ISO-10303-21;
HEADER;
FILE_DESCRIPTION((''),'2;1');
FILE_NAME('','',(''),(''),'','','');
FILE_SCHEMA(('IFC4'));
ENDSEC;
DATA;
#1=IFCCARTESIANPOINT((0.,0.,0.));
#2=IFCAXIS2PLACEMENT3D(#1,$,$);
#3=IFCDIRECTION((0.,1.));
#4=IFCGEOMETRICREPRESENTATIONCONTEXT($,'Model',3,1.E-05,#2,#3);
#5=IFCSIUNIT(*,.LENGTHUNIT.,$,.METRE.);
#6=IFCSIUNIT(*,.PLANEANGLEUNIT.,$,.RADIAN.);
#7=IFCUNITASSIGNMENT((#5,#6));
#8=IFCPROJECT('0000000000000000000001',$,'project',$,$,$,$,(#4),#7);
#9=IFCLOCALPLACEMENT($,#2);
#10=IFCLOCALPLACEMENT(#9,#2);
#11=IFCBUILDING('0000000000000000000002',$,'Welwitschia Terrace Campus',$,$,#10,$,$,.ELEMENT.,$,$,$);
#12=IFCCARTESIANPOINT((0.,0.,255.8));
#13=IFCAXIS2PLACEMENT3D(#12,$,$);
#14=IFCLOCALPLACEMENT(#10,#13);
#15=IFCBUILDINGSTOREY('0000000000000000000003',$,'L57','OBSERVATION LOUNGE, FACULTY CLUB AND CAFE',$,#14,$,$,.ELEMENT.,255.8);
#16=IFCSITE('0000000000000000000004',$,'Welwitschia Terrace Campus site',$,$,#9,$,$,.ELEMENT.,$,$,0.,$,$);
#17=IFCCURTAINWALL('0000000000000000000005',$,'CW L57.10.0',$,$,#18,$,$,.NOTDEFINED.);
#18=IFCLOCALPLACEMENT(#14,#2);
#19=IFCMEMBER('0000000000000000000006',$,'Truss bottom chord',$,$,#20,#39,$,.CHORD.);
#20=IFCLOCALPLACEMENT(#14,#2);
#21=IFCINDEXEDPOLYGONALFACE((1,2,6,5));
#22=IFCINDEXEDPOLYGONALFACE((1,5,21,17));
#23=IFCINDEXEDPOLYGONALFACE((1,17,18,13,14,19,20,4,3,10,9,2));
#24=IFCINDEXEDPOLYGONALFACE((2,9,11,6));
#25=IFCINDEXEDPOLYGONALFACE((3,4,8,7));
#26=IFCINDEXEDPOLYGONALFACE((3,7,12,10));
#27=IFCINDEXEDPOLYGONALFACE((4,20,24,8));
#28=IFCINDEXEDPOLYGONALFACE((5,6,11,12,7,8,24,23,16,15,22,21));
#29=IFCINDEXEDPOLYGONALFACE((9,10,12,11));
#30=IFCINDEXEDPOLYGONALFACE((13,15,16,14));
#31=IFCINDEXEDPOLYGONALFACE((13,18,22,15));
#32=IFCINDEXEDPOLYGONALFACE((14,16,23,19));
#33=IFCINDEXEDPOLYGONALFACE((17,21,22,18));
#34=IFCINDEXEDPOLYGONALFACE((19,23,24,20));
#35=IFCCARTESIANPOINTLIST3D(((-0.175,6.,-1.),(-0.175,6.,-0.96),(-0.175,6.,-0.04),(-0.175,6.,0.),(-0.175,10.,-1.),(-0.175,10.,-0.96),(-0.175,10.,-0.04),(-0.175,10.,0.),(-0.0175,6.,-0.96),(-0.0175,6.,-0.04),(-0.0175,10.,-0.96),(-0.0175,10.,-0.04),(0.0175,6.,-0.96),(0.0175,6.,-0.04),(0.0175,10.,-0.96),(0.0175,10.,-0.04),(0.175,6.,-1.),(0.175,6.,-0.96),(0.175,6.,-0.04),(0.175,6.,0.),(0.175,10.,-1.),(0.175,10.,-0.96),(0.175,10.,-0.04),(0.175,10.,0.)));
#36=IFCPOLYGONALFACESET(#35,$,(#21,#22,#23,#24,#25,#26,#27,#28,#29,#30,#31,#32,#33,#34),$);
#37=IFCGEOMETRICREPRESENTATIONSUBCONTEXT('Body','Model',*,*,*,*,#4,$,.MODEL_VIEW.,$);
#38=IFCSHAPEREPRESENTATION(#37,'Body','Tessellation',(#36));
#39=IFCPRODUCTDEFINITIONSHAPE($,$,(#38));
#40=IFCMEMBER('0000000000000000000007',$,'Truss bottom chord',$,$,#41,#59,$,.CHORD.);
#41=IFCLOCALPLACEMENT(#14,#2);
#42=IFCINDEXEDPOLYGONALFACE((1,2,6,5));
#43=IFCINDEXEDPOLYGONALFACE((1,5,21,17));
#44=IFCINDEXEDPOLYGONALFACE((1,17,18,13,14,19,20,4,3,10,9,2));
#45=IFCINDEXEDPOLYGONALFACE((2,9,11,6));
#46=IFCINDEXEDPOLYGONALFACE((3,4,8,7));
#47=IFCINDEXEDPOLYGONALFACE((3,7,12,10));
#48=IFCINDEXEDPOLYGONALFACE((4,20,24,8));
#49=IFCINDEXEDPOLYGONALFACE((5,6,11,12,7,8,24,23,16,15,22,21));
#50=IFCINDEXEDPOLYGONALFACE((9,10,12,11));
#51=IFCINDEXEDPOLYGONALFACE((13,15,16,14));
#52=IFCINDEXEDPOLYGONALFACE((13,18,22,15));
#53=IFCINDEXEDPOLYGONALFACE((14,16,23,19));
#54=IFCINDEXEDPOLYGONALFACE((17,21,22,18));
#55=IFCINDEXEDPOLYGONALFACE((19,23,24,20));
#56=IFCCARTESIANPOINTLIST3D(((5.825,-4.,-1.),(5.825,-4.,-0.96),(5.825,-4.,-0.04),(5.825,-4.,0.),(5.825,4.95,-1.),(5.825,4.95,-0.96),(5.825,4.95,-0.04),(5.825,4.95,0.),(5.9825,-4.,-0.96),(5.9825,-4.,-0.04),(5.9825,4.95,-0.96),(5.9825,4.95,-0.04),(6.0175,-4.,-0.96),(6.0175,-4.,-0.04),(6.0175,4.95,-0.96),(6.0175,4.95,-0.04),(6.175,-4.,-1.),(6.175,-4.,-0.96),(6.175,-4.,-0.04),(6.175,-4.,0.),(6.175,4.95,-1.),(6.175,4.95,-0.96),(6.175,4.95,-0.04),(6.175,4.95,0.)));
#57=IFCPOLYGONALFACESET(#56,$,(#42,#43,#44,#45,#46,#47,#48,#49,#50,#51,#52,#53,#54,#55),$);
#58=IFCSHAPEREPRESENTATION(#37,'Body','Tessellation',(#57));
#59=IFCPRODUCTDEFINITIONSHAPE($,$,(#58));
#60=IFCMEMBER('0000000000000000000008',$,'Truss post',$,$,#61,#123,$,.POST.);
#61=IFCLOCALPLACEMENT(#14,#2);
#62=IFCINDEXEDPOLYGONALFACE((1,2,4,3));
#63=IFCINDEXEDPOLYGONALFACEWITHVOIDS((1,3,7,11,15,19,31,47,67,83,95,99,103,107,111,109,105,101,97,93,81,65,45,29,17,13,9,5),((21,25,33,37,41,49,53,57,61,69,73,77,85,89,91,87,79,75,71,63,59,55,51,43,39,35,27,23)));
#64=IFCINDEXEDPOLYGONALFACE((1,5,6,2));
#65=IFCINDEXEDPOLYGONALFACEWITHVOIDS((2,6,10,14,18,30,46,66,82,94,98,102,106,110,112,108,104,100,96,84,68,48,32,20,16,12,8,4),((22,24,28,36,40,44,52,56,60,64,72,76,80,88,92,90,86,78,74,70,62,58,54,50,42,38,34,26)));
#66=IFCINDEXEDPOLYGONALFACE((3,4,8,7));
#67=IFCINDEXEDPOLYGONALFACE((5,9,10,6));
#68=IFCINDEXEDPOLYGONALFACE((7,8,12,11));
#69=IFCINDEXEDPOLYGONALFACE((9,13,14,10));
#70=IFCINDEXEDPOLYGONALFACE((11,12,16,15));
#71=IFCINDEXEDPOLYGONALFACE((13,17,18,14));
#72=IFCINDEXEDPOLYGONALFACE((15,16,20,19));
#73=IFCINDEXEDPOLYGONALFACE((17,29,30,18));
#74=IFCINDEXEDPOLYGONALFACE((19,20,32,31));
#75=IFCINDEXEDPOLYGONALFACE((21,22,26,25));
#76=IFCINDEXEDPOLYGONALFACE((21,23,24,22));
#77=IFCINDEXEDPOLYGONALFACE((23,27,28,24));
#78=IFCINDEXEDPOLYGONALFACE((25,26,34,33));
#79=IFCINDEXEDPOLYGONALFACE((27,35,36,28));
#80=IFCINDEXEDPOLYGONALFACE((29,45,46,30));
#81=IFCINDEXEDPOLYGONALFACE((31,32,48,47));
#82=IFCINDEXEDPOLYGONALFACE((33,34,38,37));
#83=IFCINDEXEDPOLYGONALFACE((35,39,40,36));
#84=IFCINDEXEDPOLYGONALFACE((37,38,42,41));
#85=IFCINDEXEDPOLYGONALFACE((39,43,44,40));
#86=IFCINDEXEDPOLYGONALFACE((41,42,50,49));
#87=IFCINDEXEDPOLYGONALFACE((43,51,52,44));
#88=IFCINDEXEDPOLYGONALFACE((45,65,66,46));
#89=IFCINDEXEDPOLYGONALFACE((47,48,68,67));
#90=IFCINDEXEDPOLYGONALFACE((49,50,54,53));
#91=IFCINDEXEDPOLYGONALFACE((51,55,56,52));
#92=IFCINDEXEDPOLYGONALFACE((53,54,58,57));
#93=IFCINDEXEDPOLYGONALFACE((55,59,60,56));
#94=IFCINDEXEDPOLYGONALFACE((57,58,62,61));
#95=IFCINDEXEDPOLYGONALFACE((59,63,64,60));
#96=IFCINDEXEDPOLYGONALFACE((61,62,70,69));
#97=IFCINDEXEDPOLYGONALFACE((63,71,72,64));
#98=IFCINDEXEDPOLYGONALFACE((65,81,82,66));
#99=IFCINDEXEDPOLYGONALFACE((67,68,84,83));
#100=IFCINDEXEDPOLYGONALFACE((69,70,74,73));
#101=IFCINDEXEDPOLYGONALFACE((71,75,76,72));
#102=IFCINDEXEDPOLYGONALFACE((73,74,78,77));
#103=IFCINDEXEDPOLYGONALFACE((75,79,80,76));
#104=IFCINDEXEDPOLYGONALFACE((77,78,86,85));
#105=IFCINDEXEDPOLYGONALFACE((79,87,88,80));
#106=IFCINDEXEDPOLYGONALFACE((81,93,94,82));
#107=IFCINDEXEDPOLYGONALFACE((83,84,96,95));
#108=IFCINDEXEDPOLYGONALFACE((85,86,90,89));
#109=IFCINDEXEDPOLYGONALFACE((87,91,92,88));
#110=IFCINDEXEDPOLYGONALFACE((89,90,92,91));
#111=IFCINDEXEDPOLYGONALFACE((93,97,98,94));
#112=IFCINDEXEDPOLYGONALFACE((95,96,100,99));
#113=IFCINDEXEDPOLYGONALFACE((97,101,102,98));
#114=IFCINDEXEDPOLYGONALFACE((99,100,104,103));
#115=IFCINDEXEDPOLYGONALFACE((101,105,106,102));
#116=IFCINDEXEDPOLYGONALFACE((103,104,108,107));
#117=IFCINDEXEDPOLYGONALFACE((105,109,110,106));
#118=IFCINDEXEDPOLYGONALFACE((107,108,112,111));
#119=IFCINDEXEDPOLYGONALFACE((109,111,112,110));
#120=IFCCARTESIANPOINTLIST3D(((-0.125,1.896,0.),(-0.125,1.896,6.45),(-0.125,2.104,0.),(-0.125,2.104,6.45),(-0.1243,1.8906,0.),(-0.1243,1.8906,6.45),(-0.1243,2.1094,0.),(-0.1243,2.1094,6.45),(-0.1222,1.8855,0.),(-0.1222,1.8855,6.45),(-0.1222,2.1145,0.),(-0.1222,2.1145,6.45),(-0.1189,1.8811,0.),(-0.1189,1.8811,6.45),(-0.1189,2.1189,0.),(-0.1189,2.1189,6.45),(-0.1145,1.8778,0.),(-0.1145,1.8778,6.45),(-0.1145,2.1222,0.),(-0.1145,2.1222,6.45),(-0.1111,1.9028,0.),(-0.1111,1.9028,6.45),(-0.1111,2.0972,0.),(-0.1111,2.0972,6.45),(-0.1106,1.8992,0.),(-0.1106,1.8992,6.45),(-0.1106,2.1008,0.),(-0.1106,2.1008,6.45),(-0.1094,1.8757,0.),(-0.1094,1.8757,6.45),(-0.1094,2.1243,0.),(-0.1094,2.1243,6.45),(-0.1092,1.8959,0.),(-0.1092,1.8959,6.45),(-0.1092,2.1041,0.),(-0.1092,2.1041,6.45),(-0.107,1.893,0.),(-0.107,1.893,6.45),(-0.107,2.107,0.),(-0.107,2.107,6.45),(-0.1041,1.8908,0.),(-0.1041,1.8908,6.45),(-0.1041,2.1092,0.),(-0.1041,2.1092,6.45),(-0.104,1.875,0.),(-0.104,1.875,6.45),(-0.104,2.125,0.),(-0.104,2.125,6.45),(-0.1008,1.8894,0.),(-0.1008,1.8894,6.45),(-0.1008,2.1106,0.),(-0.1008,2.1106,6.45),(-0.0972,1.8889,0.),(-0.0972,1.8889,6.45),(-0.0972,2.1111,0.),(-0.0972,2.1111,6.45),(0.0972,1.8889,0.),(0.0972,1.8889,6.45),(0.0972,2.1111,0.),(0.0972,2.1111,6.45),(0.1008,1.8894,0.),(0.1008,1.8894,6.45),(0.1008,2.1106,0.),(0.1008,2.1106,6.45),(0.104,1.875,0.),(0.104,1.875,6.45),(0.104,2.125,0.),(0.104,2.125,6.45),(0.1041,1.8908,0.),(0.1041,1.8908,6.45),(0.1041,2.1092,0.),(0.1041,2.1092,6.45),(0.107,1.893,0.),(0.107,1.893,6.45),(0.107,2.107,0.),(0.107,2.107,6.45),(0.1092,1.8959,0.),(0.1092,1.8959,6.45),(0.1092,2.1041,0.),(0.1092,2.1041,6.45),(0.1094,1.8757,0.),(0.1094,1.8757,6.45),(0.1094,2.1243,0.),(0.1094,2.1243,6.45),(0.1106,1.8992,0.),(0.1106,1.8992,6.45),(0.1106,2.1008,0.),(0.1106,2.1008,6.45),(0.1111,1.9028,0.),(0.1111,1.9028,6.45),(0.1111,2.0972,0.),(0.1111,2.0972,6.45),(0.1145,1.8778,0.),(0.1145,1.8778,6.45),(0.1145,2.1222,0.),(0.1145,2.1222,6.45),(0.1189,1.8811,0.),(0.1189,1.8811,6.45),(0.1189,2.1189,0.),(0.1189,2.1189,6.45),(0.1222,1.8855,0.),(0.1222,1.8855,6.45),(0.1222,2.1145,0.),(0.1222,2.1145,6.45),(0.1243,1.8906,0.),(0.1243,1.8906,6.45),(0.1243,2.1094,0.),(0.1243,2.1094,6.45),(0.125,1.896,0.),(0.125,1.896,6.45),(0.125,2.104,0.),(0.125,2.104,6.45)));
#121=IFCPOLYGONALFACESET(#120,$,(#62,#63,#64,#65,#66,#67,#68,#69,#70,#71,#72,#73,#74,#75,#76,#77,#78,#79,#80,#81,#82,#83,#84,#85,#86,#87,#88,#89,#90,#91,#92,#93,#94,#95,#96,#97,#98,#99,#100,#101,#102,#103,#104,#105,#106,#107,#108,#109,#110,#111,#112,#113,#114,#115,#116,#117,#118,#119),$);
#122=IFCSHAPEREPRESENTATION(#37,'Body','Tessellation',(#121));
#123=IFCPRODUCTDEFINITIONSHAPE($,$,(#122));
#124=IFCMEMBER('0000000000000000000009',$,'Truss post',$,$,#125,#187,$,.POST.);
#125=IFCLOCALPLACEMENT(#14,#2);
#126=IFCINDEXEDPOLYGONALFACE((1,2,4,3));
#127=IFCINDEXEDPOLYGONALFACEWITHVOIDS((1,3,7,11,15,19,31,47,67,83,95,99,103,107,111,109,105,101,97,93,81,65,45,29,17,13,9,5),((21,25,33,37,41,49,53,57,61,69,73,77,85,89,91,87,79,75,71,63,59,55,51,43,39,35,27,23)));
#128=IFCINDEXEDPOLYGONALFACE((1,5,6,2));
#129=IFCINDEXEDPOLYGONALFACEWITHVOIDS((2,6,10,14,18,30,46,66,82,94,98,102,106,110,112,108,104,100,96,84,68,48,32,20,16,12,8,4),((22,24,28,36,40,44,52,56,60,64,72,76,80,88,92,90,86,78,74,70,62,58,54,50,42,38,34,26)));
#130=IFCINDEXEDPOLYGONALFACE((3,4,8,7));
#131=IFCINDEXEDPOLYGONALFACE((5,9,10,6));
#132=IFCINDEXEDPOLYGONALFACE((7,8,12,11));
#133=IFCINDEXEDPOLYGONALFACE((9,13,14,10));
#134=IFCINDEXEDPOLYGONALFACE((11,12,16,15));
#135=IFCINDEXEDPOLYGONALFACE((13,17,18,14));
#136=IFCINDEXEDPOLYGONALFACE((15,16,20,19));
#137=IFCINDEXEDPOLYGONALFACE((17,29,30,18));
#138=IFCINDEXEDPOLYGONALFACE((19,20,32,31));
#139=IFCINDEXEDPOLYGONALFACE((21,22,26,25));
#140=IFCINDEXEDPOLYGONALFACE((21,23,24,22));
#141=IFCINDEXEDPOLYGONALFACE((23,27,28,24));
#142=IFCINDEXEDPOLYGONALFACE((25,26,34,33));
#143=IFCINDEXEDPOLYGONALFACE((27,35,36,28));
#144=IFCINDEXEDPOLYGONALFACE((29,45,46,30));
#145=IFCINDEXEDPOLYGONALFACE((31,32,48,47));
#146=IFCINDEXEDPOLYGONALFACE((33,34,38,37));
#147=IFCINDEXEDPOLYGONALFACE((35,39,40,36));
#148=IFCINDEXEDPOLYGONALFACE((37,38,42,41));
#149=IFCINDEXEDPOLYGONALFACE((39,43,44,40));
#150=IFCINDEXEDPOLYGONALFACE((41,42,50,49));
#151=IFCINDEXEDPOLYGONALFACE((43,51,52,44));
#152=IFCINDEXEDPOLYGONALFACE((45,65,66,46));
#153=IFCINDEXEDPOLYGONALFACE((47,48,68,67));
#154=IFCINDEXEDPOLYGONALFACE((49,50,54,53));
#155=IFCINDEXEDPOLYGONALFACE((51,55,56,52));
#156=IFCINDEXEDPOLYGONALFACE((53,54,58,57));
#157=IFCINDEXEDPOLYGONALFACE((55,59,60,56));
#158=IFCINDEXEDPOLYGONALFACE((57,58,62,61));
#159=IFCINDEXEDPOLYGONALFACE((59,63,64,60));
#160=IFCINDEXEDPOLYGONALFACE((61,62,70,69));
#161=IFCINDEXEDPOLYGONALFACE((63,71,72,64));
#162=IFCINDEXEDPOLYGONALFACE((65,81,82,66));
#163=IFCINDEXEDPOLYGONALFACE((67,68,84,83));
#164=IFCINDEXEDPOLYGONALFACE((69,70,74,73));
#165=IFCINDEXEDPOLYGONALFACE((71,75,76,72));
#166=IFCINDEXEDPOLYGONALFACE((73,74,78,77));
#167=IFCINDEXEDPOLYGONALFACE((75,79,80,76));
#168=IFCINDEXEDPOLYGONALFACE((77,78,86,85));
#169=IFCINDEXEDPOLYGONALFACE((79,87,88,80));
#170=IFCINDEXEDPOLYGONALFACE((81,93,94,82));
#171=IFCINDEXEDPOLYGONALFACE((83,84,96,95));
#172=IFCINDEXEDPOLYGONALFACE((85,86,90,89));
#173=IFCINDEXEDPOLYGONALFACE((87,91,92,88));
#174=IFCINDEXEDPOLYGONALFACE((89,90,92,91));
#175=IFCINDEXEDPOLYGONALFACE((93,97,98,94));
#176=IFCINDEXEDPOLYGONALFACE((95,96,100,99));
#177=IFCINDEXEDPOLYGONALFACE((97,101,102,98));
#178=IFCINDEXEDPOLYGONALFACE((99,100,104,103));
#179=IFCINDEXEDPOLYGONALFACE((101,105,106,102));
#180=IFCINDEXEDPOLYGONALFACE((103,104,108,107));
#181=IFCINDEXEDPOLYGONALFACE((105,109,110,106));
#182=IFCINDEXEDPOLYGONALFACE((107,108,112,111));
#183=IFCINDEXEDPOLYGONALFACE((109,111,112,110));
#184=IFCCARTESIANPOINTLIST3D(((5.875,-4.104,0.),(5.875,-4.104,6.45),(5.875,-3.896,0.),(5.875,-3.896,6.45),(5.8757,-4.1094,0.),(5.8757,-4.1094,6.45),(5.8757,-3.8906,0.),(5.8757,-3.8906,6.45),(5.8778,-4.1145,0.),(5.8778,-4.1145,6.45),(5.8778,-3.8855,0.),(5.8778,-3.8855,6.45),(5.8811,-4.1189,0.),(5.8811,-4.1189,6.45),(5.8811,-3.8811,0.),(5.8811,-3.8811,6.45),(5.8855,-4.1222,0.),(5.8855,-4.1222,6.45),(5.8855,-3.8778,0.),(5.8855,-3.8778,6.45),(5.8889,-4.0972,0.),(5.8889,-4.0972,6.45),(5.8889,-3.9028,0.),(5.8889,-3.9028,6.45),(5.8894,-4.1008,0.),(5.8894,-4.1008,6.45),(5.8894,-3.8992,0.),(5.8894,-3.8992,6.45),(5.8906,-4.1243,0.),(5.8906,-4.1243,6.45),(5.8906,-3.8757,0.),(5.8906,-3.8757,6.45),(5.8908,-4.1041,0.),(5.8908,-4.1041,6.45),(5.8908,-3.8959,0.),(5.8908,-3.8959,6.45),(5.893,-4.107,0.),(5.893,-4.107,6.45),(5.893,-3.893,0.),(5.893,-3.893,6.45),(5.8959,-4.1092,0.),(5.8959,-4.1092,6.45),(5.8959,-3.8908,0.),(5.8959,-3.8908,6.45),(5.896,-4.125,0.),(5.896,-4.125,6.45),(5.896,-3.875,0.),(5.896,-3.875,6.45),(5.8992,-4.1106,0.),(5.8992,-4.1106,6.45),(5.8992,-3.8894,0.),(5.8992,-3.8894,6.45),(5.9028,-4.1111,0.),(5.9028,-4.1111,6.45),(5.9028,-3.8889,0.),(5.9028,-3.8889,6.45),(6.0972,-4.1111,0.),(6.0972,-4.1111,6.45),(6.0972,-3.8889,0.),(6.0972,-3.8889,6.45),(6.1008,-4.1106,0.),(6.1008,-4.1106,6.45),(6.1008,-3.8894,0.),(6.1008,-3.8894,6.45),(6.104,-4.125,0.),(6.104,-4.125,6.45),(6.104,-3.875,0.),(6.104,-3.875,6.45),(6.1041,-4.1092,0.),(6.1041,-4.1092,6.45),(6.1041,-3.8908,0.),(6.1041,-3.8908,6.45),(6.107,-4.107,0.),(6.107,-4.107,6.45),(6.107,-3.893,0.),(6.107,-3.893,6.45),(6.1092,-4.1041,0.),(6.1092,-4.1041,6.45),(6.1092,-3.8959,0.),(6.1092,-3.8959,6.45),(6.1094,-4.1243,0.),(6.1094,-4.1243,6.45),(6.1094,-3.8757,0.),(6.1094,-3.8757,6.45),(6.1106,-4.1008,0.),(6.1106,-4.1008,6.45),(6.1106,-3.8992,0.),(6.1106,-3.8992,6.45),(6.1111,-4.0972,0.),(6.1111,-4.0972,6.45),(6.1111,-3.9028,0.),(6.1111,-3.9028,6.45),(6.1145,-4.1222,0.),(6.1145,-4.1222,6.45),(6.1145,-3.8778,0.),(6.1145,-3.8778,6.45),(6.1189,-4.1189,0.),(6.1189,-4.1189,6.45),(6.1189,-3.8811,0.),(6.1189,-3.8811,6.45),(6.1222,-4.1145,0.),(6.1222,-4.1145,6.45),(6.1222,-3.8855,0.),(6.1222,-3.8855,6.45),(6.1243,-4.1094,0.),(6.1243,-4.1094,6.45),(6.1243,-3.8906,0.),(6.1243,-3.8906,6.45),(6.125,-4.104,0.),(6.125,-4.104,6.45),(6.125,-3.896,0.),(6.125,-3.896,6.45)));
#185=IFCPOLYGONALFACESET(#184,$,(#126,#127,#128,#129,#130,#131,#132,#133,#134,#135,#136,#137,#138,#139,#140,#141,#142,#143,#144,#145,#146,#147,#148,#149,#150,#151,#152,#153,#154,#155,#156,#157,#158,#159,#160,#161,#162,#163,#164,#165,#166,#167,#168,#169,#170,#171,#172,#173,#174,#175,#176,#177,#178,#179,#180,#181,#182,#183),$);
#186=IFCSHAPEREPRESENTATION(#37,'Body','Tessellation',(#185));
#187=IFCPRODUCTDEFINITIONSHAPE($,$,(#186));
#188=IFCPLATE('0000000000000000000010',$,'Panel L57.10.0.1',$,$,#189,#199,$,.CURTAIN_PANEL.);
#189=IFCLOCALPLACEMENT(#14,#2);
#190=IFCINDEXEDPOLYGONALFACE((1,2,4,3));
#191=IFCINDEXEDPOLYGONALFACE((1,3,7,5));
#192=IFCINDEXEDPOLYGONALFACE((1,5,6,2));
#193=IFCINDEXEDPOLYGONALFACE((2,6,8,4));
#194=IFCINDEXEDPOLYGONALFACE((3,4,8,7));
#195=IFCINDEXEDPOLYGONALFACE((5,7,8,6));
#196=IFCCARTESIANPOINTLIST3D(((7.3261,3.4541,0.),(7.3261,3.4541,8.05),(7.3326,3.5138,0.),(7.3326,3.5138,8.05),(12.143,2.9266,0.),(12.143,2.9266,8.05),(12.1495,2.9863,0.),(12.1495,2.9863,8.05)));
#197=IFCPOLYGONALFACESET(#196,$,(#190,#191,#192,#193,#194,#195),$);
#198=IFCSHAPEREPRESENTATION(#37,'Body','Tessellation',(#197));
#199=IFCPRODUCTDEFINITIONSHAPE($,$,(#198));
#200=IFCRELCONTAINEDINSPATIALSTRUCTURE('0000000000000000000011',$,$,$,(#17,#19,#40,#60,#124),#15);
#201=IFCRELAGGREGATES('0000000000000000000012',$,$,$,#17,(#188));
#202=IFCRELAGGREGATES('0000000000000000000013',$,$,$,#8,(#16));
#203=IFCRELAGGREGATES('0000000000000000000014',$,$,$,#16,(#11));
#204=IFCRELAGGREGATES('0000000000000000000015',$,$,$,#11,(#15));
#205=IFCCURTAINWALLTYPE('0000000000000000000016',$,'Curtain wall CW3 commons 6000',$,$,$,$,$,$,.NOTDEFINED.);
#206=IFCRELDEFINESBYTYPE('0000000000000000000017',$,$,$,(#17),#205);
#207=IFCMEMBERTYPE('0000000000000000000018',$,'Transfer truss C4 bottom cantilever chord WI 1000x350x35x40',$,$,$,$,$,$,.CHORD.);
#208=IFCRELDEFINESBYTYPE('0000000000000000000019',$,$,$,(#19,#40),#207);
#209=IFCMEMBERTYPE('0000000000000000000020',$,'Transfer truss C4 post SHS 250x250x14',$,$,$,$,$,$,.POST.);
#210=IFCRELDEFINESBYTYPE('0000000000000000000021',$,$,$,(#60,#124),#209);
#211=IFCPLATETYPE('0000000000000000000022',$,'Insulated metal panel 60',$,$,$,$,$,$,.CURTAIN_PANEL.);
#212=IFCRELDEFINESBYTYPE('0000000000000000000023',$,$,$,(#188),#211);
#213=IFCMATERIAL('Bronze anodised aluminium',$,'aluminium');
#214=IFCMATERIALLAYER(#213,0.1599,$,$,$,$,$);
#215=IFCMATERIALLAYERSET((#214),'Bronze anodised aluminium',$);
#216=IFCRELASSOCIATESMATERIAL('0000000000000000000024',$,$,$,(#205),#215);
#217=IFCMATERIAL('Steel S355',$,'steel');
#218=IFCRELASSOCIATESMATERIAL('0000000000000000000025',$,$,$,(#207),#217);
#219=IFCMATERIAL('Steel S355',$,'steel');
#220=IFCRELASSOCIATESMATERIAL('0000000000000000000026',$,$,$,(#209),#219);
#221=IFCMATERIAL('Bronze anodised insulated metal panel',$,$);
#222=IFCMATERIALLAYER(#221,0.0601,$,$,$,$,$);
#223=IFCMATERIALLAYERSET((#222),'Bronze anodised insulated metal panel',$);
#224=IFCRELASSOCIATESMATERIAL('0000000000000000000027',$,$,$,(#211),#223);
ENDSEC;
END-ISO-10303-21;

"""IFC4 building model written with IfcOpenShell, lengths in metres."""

from ifc_helpers import new_model, si_unit, direction, frame, origin, origin_2d, place, context, subcontext, project, spatial, rectangle, hollow_rectangle, i_section, extrude, material, layer, layer_set, material_profile, profile_set, type_object, element, aggregate, save


model = new_model("IFC4")

# Units and contexts
model_context = context("Model", 3, precision=1e-05, world=origin(), true_north=direction((0.0, 1.0)))
body_context = subcontext(model_context, "Body", "Model", "MODEL_VIEW")
ifc_project = project(units=[si_unit("LENGTHUNIT", "METRE"), si_unit("PLANEANGLEUNIT", "RADIAN")], contexts=[model_context])

# Site, building, storey
site_placement = place(None, origin())
site = spatial("IfcSite", under=ifc_project, at=site_placement, Name="Welwitschia Terrace Campus site", CompositionType="ELEMENT", RefElevation=0.0)
building_placement = place(site_placement, origin())
building = spatial("IfcBuilding", under=site, at=building_placement, Name="Welwitschia Terrace Campus", CompositionType="ELEMENT")
storey_placement = place(building_placement, frame((0.0, 0.0, 255.8)))
storey = spatial("IfcBuildingStorey", under=building, at=storey_placement, Name="L57", Description="OBSERVATION LOUNGE, FACULTY CLUB AND CAFE", CompositionType="ELEMENT", Elevation=255.8)

# Curtain wall
ifc_material_1 = material(Name="Bronze anodised aluminium", Category="aluminium")
ifc_layer_1 = layer(ifc_material_1, 0.1599)
ifc_layer_set_1 = layer_set([ifc_layer_1], Name="Bronze anodised aluminium")
curtain_wall_type = type_object("IfcCurtainWallType", Name="Curtain wall CW3 commons 6000", PredefinedType="NOTDEFINED", material=ifc_layer_set_1)
curtain_wall_placement = place(storey_placement, origin())
curtain_wall = element("IfcCurtainWall", 1, at=curtain_wall_placement, inside=storey, type_object=curtain_wall_type, Name="CW L57.10.0", PredefinedType="NOTDEFINED")

# Members
ifc_material_2 = material(Name="Steel S355", Category="steel")
ifc_material_profile_1 = material_profile(ifc_material_2, i_section(OverallWidth=0.3501, OverallDepth=1.0, WebThickness=0.0349, FlangeThickness=0.04, at=origin_2d()))
ifc_profile_set_1 = profile_set([ifc_material_profile_1], Name="Steel S355")
member_type_1 = type_object("IfcMemberType", Name="Transfer truss C4 bottom cantilever chord WI 1000x350x35x40", PredefinedType="CHORD", material=ifc_profile_set_1)
for number, where, z_axis, x_axis, name in (
    (2, (0.0, 6.0, -0.5), (0.0, 1.0, 0.0), (-1.0, 0.0, 0.0), "Truss bottom chord"),
):
    element("IfcMember", number, at=place(storey_placement, frame(where, z_axis=z_axis, x_axis=x_axis)), inside=storey, type_object=member_type_1, Name=name, PredefinedType="CHORD", context=body_context, shape_type="SweptSolid", body=[
        extrude(i_section(OverallWidth=0.3501, OverallDepth=1.0, WebThickness=0.0349, FlangeThickness=0.04, at=origin_2d()), origin(), (0.0, 0.0, 1.0), 4.0),
    ])
member_1_placement = place(storey_placement, frame((6.0, -4.0, -0.5), z_axis=(0.0, 1.0, 0.0), x_axis=(-1.0, 0.0, 0.0)))
element("IfcMember", 3, at=member_1_placement, inside=storey, type_object=member_type_1, Name="Truss bottom chord", PredefinedType="CHORD", context=body_context, shape_type="SweptSolid", body=[
    extrude(i_section(OverallWidth=0.3501, OverallDepth=1.0, WebThickness=0.0349, FlangeThickness=0.04, at=origin_2d()), origin(), (0.0, 0.0, 1.0), 8.95),
])
ifc_material_3 = material(Name="Steel S355", Category="steel")
ifc_material_profile_2 = material_profile(ifc_material_3, hollow_rectangle(XDim=0.25, YDim=0.25, WallThickness=0.0139, InnerFilletRadius=0.0139, OuterFilletRadius=0.021, at=origin_2d()))
ifc_profile_set_2 = profile_set([ifc_material_profile_2], Name="Steel S355")
member_type_2 = type_object("IfcMemberType", Name="Transfer truss C4 post SHS 250x250x14", PredefinedType="POST", material=ifc_profile_set_2)
for number, where, z_axis, x_axis, name in (
    (4, (0.0, 2.0, 0.0), (0.0, 0.0, 1.0), (1.0, 0.0, 0.0), "Truss post"),
    (5, (6.0, -4.0, 0.0), (0.0, 0.0, 1.0), (1.0, 0.0, 0.0), "Truss post"),
):
    element("IfcMember", number, at=place(storey_placement, frame(where, z_axis=z_axis, x_axis=x_axis)), inside=storey, type_object=member_type_2, Name=name, PredefinedType="POST", context=body_context, shape_type="SweptSolid", body=[
        extrude(hollow_rectangle(XDim=0.25, YDim=0.25, WallThickness=0.0139, InnerFilletRadius=0.0139, OuterFilletRadius=0.021, at=origin_2d()), origin(), (0.0, 0.0, 1.0), 6.45),
    ])

# Plate
ifc_material_4 = material(Name="Bronze anodised insulated metal panel")
ifc_layer_2 = layer(ifc_material_4, 0.0601)
ifc_layer_set_2 = layer_set([ifc_layer_2], Name="Bronze anodised insulated metal panel")
plate_type = type_object("IfcPlateType", Name="Insulated metal panel 60", PredefinedType="CURTAIN_PANEL", material=ifc_layer_set_2)
plate_placement = place(storey_placement, frame((9.7378, 3.2202, 0.0), z_axis=(0.0, 0.0, 1.0), x_axis=(0.994056, -0.108867, 0.0)))
plate = element("IfcPlate", 6, at=plate_placement, type_object=plate_type, Name="Panel L57.10.0.1", PredefinedType="CURTAIN_PANEL", context=body_context, shape_type="SweptSolid", body=[
    extrude(rectangle(XDim=4.8457, YDim=0.0601, at=origin_2d()), origin(), (0.0, 0.0, 1.0), 8.05),
])
aggregate(curtain_wall, [plate])

save(model, "model.ifc")
